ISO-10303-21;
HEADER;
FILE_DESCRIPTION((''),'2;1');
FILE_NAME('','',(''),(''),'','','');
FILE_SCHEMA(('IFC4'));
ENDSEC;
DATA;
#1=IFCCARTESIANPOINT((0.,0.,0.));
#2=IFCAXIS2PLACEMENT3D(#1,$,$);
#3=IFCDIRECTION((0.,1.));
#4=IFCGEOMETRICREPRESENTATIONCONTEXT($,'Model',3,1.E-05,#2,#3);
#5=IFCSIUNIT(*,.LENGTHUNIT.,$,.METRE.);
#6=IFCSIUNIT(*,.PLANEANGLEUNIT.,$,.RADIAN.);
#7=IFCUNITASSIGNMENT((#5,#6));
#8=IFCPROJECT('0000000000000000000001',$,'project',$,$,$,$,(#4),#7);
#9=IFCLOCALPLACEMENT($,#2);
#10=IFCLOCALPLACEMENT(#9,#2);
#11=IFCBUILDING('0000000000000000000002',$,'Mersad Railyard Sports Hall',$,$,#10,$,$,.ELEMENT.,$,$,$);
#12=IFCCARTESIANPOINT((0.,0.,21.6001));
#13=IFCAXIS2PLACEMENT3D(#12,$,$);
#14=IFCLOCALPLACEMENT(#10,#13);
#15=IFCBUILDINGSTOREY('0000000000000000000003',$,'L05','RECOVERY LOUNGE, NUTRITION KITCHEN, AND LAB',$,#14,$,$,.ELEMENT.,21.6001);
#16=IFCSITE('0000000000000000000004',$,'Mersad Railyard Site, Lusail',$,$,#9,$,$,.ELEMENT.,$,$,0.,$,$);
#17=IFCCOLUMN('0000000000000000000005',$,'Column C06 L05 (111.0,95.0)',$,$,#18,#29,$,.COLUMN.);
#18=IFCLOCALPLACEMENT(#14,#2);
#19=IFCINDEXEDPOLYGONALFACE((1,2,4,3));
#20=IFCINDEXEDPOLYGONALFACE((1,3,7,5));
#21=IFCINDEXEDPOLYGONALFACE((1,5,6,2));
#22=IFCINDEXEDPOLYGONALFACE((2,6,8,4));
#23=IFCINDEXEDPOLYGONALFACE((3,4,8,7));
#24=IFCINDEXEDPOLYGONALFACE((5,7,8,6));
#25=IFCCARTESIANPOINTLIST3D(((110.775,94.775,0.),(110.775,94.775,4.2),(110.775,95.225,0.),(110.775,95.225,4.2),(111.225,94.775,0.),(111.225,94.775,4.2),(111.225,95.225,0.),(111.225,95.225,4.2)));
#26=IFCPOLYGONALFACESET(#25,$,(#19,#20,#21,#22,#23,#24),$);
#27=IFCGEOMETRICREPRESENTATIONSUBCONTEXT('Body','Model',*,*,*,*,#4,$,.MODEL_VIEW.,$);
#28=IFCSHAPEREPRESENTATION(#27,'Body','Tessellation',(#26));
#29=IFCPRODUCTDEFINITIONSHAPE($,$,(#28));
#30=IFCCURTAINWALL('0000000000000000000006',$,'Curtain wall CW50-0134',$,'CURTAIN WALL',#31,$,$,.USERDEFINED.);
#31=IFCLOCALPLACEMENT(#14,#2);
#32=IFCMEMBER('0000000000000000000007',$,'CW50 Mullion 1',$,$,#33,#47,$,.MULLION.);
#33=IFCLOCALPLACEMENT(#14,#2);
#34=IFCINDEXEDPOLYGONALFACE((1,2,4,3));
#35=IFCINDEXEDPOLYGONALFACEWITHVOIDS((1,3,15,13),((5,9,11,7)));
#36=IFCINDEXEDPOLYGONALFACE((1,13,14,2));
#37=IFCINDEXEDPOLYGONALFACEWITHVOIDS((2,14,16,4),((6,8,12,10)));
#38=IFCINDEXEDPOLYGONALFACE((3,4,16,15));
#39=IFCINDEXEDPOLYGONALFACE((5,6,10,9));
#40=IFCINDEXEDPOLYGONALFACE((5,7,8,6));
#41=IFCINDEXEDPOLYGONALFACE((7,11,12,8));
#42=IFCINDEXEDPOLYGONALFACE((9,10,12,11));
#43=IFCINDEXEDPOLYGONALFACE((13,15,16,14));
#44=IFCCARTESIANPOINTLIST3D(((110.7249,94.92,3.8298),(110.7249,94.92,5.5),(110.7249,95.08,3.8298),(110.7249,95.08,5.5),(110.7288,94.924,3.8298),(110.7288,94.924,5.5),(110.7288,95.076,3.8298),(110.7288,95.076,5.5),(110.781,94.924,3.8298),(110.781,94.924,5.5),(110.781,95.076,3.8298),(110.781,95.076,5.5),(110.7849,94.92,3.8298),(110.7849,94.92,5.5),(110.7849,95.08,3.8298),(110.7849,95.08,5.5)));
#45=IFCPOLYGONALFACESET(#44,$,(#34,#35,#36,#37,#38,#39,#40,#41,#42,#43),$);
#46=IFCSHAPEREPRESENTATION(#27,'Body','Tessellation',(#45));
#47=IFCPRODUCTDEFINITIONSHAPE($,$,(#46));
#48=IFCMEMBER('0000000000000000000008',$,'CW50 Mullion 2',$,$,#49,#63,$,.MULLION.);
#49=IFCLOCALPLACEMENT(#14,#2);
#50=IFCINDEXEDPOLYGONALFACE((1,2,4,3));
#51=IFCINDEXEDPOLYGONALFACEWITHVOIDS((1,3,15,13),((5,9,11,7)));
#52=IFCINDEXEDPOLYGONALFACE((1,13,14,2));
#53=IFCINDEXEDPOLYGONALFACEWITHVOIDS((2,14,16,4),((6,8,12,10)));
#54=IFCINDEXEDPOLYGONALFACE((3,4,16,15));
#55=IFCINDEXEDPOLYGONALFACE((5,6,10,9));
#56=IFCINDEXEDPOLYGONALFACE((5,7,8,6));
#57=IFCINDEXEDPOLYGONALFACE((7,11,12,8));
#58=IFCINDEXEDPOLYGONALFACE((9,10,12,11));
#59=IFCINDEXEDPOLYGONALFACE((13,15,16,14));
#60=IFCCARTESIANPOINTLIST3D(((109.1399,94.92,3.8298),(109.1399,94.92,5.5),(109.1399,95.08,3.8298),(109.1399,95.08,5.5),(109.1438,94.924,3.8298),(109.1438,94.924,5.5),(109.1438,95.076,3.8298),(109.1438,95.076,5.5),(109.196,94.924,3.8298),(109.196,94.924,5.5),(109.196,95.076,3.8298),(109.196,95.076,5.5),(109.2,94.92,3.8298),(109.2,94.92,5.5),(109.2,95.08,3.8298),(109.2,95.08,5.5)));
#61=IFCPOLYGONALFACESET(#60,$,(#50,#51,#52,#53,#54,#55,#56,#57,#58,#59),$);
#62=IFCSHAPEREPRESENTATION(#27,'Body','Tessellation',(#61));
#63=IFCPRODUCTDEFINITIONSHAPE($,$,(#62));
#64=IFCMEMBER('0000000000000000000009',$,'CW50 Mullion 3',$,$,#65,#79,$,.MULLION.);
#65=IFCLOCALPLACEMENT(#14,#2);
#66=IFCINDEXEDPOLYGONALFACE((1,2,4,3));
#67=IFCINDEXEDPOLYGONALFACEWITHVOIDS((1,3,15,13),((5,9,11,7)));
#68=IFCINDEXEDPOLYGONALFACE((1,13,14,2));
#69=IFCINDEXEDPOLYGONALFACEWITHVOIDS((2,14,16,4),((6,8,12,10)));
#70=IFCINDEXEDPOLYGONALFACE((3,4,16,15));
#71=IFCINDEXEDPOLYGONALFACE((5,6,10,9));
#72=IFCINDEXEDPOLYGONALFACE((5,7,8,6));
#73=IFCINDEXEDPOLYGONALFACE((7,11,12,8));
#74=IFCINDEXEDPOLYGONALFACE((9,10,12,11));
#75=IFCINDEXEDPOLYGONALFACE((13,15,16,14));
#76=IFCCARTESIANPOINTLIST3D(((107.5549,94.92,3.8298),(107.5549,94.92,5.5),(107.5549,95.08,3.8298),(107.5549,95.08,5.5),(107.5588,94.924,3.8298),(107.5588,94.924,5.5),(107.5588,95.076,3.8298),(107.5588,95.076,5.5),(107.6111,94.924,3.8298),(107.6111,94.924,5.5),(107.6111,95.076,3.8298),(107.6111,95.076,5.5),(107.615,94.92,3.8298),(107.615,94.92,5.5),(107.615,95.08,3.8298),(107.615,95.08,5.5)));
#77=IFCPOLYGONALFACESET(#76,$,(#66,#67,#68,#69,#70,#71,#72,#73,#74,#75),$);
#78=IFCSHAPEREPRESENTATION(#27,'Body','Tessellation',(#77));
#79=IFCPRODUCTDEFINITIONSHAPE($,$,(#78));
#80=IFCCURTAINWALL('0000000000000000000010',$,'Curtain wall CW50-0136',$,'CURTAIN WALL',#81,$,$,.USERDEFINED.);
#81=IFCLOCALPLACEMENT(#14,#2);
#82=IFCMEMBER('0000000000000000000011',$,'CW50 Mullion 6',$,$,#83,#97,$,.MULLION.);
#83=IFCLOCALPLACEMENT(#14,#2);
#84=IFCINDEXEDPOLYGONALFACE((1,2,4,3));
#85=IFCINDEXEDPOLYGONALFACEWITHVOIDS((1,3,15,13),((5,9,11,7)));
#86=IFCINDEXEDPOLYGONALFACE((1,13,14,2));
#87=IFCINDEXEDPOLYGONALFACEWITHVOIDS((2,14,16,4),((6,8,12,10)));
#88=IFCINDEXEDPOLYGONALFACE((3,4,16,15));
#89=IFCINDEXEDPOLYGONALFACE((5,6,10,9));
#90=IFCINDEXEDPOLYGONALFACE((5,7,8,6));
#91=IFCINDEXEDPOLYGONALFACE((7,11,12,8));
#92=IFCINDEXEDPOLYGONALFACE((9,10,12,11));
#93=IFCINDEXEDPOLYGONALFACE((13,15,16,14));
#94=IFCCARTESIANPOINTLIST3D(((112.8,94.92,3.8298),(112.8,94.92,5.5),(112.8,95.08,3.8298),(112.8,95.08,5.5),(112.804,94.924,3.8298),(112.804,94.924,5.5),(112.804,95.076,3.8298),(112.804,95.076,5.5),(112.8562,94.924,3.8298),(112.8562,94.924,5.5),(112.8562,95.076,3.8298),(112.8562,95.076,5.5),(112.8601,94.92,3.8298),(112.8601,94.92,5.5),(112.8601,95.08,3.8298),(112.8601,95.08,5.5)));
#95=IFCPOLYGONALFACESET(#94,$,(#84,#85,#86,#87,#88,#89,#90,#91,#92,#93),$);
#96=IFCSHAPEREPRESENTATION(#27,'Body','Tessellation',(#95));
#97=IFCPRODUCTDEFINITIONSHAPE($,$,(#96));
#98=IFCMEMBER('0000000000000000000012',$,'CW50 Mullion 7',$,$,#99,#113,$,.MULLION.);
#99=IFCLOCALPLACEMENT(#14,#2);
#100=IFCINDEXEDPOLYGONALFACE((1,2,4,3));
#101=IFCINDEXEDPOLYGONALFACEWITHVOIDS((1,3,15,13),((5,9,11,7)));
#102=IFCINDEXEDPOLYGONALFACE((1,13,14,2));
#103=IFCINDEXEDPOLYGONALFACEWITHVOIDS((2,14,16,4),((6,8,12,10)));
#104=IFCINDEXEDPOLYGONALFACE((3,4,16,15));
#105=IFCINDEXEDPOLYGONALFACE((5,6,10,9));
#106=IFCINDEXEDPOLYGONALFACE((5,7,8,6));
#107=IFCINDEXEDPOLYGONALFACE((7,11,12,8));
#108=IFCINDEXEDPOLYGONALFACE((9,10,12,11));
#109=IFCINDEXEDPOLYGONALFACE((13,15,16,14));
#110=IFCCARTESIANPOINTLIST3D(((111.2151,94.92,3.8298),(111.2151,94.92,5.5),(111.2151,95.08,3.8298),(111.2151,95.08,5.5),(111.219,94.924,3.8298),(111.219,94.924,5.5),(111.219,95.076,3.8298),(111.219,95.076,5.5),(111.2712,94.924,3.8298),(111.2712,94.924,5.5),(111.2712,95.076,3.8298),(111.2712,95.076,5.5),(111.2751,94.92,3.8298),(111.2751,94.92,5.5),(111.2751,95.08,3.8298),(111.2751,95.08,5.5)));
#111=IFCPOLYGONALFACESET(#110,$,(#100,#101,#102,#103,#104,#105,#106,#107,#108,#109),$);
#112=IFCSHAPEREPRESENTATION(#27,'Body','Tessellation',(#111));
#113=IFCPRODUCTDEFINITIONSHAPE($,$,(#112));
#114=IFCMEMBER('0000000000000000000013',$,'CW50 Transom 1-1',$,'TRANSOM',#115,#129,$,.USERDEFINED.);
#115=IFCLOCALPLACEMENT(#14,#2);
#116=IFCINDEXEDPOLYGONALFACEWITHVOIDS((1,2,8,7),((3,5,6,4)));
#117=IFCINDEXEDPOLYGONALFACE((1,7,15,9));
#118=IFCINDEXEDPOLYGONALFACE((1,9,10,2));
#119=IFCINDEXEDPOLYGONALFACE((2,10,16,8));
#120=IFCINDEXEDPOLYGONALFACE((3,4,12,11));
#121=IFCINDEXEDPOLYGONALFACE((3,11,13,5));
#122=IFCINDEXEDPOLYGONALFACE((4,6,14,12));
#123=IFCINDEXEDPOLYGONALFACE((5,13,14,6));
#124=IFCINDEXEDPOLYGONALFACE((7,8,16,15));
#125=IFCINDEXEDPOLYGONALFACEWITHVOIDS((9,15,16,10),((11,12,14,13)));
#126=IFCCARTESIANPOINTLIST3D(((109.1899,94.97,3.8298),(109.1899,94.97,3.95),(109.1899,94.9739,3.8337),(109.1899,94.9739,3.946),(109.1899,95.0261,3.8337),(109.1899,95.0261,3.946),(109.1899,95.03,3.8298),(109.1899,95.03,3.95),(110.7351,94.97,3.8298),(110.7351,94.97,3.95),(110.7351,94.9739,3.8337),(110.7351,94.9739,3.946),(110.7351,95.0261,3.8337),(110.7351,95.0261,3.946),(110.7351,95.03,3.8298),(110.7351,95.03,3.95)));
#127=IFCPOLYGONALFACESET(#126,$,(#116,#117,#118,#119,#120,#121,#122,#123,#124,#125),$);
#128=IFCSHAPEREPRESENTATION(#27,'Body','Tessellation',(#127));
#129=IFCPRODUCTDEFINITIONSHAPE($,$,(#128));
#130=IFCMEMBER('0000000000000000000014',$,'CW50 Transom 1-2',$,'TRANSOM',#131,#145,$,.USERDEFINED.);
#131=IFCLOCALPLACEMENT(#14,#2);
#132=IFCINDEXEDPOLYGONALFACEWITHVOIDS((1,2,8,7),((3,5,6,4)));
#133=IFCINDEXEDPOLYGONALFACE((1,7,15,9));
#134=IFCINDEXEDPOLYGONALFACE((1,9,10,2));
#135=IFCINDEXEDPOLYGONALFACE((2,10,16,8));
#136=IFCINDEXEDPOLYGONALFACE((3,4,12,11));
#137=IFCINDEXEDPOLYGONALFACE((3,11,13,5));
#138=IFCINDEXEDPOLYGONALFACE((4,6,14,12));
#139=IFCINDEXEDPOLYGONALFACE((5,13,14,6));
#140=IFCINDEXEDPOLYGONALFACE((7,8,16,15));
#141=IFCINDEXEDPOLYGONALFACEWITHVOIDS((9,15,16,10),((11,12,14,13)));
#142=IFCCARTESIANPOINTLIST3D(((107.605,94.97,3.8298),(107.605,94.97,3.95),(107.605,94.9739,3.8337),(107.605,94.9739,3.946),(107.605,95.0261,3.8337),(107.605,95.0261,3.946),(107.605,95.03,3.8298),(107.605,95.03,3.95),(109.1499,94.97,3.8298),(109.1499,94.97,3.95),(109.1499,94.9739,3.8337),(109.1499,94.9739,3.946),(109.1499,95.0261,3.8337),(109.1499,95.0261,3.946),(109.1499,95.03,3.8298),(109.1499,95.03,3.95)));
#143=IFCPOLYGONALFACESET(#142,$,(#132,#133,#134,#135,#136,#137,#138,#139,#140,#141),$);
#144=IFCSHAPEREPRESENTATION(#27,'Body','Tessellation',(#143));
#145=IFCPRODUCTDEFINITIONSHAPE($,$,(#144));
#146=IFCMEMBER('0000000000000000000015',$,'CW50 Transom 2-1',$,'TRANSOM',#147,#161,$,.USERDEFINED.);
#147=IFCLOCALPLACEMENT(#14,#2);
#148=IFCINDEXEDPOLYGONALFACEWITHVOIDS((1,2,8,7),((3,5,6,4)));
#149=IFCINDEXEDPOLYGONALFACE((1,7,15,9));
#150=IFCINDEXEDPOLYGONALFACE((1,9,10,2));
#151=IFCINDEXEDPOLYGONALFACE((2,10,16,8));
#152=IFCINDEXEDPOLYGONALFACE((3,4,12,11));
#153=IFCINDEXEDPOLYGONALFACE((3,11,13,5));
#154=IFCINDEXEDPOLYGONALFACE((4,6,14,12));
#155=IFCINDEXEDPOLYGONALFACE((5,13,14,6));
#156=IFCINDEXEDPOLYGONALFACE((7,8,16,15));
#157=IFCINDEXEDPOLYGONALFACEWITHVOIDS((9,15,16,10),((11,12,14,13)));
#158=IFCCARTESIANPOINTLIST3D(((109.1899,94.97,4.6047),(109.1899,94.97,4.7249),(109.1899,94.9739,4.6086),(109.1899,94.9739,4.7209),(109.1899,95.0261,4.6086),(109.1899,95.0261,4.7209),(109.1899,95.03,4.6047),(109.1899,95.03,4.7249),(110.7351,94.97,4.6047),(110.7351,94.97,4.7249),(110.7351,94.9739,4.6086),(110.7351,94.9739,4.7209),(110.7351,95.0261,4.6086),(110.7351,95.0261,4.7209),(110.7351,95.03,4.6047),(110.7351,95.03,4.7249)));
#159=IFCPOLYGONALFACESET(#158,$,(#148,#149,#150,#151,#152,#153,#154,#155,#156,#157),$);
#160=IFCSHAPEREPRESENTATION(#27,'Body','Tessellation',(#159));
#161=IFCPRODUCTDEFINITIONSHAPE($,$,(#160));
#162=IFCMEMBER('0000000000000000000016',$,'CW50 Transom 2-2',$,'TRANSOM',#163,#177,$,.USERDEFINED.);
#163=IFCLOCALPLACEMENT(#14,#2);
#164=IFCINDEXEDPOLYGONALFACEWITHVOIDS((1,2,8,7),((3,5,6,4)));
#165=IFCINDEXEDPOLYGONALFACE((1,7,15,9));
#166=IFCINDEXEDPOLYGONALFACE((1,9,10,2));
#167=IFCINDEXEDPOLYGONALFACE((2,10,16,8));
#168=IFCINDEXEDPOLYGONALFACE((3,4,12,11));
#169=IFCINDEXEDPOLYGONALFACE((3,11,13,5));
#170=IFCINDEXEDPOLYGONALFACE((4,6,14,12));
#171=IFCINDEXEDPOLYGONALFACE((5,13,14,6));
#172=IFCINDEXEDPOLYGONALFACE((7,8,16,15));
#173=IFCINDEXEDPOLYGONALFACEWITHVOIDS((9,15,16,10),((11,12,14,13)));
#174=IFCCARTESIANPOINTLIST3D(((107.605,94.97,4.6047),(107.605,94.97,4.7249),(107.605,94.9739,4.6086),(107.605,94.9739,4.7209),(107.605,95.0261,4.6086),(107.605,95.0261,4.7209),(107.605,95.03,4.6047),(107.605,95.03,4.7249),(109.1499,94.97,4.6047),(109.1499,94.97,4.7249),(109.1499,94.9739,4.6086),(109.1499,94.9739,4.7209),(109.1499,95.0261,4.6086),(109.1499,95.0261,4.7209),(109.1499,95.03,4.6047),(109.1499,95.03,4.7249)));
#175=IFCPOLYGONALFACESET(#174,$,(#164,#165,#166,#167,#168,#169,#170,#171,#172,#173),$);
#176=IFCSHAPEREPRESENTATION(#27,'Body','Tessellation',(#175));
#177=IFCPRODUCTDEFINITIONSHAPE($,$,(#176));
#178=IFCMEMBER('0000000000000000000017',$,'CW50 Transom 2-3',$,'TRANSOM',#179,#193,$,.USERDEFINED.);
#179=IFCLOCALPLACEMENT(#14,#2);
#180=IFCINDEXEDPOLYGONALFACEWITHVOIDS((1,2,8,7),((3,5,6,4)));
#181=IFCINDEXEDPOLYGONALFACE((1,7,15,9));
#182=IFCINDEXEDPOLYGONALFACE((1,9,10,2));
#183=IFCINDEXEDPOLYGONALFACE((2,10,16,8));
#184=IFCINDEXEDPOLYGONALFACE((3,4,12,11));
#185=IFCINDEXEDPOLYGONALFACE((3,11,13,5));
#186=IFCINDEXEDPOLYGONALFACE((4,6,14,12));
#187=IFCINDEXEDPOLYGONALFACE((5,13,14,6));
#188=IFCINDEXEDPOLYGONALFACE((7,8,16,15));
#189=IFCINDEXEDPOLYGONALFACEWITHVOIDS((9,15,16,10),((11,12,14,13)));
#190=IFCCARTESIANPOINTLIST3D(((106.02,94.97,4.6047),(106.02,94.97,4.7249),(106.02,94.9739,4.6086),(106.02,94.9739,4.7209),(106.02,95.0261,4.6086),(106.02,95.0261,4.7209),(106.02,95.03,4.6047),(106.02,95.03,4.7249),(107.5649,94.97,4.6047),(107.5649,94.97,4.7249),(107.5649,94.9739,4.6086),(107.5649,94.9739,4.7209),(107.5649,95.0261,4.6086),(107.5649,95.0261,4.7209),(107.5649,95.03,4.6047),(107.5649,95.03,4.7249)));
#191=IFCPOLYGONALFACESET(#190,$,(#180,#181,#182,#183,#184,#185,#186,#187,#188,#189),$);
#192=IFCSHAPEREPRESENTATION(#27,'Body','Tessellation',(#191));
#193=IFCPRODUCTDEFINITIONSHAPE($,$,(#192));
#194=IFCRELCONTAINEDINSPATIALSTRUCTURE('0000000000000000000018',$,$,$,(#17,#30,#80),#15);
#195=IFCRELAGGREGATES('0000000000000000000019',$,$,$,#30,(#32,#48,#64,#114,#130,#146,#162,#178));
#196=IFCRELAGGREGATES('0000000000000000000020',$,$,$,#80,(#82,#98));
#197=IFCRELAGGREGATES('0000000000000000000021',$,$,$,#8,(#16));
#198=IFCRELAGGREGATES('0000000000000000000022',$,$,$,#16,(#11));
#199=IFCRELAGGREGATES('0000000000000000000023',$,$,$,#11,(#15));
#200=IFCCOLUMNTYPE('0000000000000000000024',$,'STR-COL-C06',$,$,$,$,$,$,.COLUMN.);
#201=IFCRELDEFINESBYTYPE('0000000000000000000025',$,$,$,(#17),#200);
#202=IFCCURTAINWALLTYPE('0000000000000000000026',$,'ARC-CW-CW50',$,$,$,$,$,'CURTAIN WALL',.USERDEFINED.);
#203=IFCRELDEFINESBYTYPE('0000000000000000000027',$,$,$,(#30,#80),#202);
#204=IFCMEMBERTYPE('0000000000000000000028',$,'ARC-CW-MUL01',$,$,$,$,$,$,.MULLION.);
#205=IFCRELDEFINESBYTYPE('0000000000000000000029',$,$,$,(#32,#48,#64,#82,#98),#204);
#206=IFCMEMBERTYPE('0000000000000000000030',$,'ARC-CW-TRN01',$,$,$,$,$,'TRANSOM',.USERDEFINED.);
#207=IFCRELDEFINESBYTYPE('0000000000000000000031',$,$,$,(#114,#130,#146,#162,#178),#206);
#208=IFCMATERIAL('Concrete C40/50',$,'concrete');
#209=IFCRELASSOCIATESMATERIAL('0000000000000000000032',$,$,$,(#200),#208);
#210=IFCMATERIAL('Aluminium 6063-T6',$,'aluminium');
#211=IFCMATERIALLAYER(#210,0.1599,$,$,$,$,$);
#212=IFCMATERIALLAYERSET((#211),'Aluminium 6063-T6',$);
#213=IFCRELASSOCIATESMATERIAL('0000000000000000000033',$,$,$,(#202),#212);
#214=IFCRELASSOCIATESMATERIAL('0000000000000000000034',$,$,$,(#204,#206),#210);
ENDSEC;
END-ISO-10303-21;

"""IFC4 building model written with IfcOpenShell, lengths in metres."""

from ifc_helpers import new_model, si_unit, direction, frame, origin, origin_2d, place, context, subcontext, project, spatial, rectangle, hollow_rectangle, extrude, material, layer, layer_set, material_profile, profile_set, type_object, element, aggregate, save


model = new_model("IFC4")

# Units and contexts
model_context = context("Model", 3, precision=1e-05, world=origin(), true_north=direction((0.0, 1.0)))
body_context = subcontext(model_context, "Body", "Model", "MODEL_VIEW")
ifc_project = project(units=[si_unit("LENGTHUNIT", "METRE"), si_unit("PLANEANGLEUNIT", "RADIAN")], contexts=[model_context])

# Site, building, storey
site_placement = place(None, origin())
site = spatial("IfcSite", under=ifc_project, at=site_placement, Name="Mersad Railyard Site, Lusail", CompositionType="ELEMENT", RefElevation=0.0)
building_placement = place(site_placement, origin())
building = spatial("IfcBuilding", under=site, at=building_placement, Name="Mersad Railyard Sports Hall", CompositionType="ELEMENT")
storey_placement = place(building_placement, frame((0.0, 0.0, 21.6001)))
storey = spatial("IfcBuildingStorey", under=building, at=storey_placement, Name="L05", Description="RECOVERY LOUNGE, NUTRITION KITCHEN, AND LAB", CompositionType="ELEMENT", Elevation=21.6001)

# Column
ifc_material_1 = material(Name="Concrete C40/50", Category="concrete")
ifc_material_profile_1 = material_profile(ifc_material_1, rectangle(XDim=0.45, YDim=0.45, at=origin_2d()), Name="RC 450x450")
ifc_profile_set_1 = profile_set([ifc_material_profile_1], Name="Concrete C40/50")
column_type = type_object("IfcColumnType", Name="STR-COL-C06", PredefinedType="COLUMN", material=ifc_profile_set_1)
column_placement = place(storey_placement, frame((111.0, 95.0, 0.0), z_axis=(0.0, 0.0, 1.0), x_axis=(1.0, 0.0, 0.0)))
element("IfcColumn", 1, at=column_placement, inside=storey, type_object=column_type, Name="Column C06 L05 (111.0,95.0)", PredefinedType="COLUMN", context=body_context, shape_type="SweptSolid", body=[
    extrude(rectangle(XDim=0.45, YDim=0.45, at=origin_2d()), origin(), (0.0, 0.0, 1.0), 4.2),
])

# Curtain walls, members
ifc_material_2 = material(Name="Aluminium 6063-T6", Category="aluminium")
ifc_layer_1 = layer(ifc_material_2, 0.1599)
ifc_layer_set_1 = layer_set([ifc_layer_1], Name="Aluminium 6063-T6")
curtain_wall_type = type_object("IfcCurtainWallType", Name="ARC-CW-CW50", ElementType="CURTAIN WALL", PredefinedType="USERDEFINED", material=ifc_layer_set_1)
curtain_wall_1_placement = place(storey_placement, origin())
curtain_wall_1 = element("IfcCurtainWall", 2, at=curtain_wall_1_placement, inside=storey, type_object=curtain_wall_type, Name="Curtain wall CW50-0134", ObjectType="CURTAIN WALL", PredefinedType="USERDEFINED")
ifc_material_profile_2 = material_profile(ifc_material_2, hollow_rectangle(XDim=0.0601, YDim=0.1599, WallThickness=0.0039, at=origin_2d()), Name="AL MULLION 60x160x4")
ifc_profile_set_2 = profile_set([ifc_material_profile_2], Name="Aluminium 6063-T6")
member_type_1 = type_object("IfcMemberType", Name="ARC-CW-MUL01", PredefinedType="MULLION", material=ifc_profile_set_2)
member_1_placement = place(storey_placement, frame((110.7549, 95.0, 3.8298), z_axis=(0.0, 0.0, 1.0), x_axis=(1.0, 0.0, 0.0)))
member_1 = element("IfcMember", 3, at=member_1_placement, type_object=member_type_1, Name="CW50 Mullion 1", PredefinedType="MULLION", context=body_context, shape_type="SweptSolid", body=[
    extrude(hollow_rectangle(XDim=0.0601, YDim=0.1599, WallThickness=0.0039, at=origin_2d()), origin(), (0.0, 0.0, 1.0), 1.6702),
])
member_2_placement = place(storey_placement, frame((109.1699, 95.0, 3.8298), z_axis=(0.0, 0.0, 1.0), x_axis=(1.0, 0.0, 0.0)))
member_2 = element("IfcMember", 4, at=member_2_placement, type_object=member_type_1, Name="CW50 Mullion 2", PredefinedType="MULLION", context=body_context, shape_type="SweptSolid", body=[
    extrude(hollow_rectangle(XDim=0.0601, YDim=0.1599, WallThickness=0.0039, at=origin_2d()), origin(), (0.0, 0.0, 1.0), 1.6702),
])
member_3_placement = place(storey_placement, frame((107.585, 95.0, 3.8298), z_axis=(0.0, 0.0, 1.0), x_axis=(1.0, 0.0, 0.0)))
member_3 = element("IfcMember", 5, at=member_3_placement, type_object=member_type_1, Name="CW50 Mullion 3", PredefinedType="MULLION", context=body_context, shape_type="SweptSolid", body=[
    extrude(hollow_rectangle(XDim=0.0601, YDim=0.1599, WallThickness=0.0039, at=origin_2d()), origin(), (0.0, 0.0, 1.0), 1.6702),
])
curtain_wall_2_placement = place(storey_placement, origin())
curtain_wall_2 = element("IfcCurtainWall", 6, at=curtain_wall_2_placement, inside=storey, type_object=curtain_wall_type, Name="Curtain wall CW50-0136", ObjectType="CURTAIN WALL", PredefinedType="USERDEFINED")
member_4_placement = place(storey_placement, frame((112.8301, 95.0, 3.8298), z_axis=(0.0, 0.0, 1.0), x_axis=(1.0, 0.0, 0.0)))
member_4 = element("IfcMember", 7, at=member_4_placement, type_object=member_type_1, Name="CW50 Mullion 6", PredefinedType="MULLION", context=body_context, shape_type="SweptSolid", body=[
    extrude(hollow_rectangle(XDim=0.0601, YDim=0.1599, WallThickness=0.0039, at=origin_2d()), origin(), (0.0, 0.0, 1.0), 1.6702),
])
member_5_placement = place(storey_placement, frame((111.2451, 95.0, 3.8298), z_axis=(0.0, 0.0, 1.0), x_axis=(1.0, 0.0, 0.0)))
member_5 = element("IfcMember", 8, at=member_5_placement, type_object=member_type_1, Name="CW50 Mullion 7", PredefinedType="MULLION", context=body_context, shape_type="SweptSolid", body=[
    extrude(hollow_rectangle(XDim=0.0601, YDim=0.1599, WallThickness=0.0039, at=origin_2d()), origin(), (0.0, 0.0, 1.0), 1.6702),
])

# Members
ifc_material_profile_3 = material_profile(ifc_material_2, hollow_rectangle(XDim=0.0601, YDim=0.1201, WallThickness=0.0039, at=origin_2d()), Name="AL TRANSOM 60x120x4")
ifc_profile_set_3 = profile_set([ifc_material_profile_3], Name="Aluminium 6063-T6")
member_type_2 = type_object("IfcMemberType", Name="ARC-CW-TRN01", ElementType="TRANSOM", PredefinedType="USERDEFINED", material=ifc_profile_set_3)
member_6_placement = place(storey_placement, frame((110.7351, 95.0, 3.8899), z_axis=(-1.0, 0.0, 0.0), x_axis=(0.0, -1.0, 0.0)))
member_6 = element("IfcMember", 9, at=member_6_placement, type_object=member_type_2, Name="CW50 Transom 1-1", ObjectType="TRANSOM", PredefinedType="USERDEFINED", context=body_context, shape_type="SweptSolid", body=[
    extrude(hollow_rectangle(XDim=0.0601, YDim=0.1201, WallThickness=0.0039, at=origin_2d()), origin(), (0.0, 0.0, 1.0), 1.5452),
])
member_7_placement = place(storey_placement, frame((109.1499, 95.0, 3.8899), z_axis=(-1.0, 0.0, 0.0), x_axis=(0.0, -1.0, 0.0)))
member_7 = element("IfcMember", 10, at=member_7_placement, type_object=member_type_2, Name="CW50 Transom 1-2", ObjectType="TRANSOM", PredefinedType="USERDEFINED", context=body_context, shape_type="SweptSolid", body=[
    extrude(hollow_rectangle(XDim=0.0601, YDim=0.1201, WallThickness=0.0039, at=origin_2d()), origin(), (0.0, 0.0, 1.0), 1.5449),
])
member_8_placement = place(storey_placement, frame((110.7351, 95.0, 4.6648), z_axis=(-1.0, 0.0, 0.0), x_axis=(0.0, -1.0, 0.0)))
member_8 = element("IfcMember", 11, at=member_8_placement, type_object=member_type_2, Name="CW50 Transom 2-1", ObjectType="TRANSOM", PredefinedType="USERDEFINED", context=body_context, shape_type="SweptSolid", body=[
    extrude(hollow_rectangle(XDim=0.0601, YDim=0.1201, WallThickness=0.0039, at=origin_2d()), origin(), (0.0, 0.0, 1.0), 1.5452),
])
member_9_placement = place(storey_placement, frame((109.1499, 95.0, 4.6648), z_axis=(-1.0, 0.0, 0.0), x_axis=(0.0, -1.0, 0.0)))
member_9 = element("IfcMember", 12, at=member_9_placement, type_object=member_type_2, Name="CW50 Transom 2-2", ObjectType="TRANSOM", PredefinedType="USERDEFINED", context=body_context, shape_type="SweptSolid", body=[
    extrude(hollow_rectangle(XDim=0.0601, YDim=0.1201, WallThickness=0.0039, at=origin_2d()), origin(), (0.0, 0.0, 1.0), 1.5449),
])
member_10_placement = place(storey_placement, frame((107.5649, 95.0, 4.6648), z_axis=(-1.0, 0.0, 0.0), x_axis=(0.0, -1.0, 0.0)))
member_10 = element("IfcMember", 13, at=member_10_placement, type_object=member_type_2, Name="CW50 Transom 2-3", ObjectType="TRANSOM", PredefinedType="USERDEFINED", context=body_context, shape_type="SweptSolid", body=[
    extrude(hollow_rectangle(XDim=0.0601, YDim=0.1201, WallThickness=0.0039, at=origin_2d()), origin(), (0.0, 0.0, 1.0), 1.5449),
])

aggregate(curtain_wall_1, [member_1, member_2, member_3, member_6, member_7, member_8, member_9, member_10])
aggregate(curtain_wall_2, [member_4, member_5])

save(model, "model.ifc")
